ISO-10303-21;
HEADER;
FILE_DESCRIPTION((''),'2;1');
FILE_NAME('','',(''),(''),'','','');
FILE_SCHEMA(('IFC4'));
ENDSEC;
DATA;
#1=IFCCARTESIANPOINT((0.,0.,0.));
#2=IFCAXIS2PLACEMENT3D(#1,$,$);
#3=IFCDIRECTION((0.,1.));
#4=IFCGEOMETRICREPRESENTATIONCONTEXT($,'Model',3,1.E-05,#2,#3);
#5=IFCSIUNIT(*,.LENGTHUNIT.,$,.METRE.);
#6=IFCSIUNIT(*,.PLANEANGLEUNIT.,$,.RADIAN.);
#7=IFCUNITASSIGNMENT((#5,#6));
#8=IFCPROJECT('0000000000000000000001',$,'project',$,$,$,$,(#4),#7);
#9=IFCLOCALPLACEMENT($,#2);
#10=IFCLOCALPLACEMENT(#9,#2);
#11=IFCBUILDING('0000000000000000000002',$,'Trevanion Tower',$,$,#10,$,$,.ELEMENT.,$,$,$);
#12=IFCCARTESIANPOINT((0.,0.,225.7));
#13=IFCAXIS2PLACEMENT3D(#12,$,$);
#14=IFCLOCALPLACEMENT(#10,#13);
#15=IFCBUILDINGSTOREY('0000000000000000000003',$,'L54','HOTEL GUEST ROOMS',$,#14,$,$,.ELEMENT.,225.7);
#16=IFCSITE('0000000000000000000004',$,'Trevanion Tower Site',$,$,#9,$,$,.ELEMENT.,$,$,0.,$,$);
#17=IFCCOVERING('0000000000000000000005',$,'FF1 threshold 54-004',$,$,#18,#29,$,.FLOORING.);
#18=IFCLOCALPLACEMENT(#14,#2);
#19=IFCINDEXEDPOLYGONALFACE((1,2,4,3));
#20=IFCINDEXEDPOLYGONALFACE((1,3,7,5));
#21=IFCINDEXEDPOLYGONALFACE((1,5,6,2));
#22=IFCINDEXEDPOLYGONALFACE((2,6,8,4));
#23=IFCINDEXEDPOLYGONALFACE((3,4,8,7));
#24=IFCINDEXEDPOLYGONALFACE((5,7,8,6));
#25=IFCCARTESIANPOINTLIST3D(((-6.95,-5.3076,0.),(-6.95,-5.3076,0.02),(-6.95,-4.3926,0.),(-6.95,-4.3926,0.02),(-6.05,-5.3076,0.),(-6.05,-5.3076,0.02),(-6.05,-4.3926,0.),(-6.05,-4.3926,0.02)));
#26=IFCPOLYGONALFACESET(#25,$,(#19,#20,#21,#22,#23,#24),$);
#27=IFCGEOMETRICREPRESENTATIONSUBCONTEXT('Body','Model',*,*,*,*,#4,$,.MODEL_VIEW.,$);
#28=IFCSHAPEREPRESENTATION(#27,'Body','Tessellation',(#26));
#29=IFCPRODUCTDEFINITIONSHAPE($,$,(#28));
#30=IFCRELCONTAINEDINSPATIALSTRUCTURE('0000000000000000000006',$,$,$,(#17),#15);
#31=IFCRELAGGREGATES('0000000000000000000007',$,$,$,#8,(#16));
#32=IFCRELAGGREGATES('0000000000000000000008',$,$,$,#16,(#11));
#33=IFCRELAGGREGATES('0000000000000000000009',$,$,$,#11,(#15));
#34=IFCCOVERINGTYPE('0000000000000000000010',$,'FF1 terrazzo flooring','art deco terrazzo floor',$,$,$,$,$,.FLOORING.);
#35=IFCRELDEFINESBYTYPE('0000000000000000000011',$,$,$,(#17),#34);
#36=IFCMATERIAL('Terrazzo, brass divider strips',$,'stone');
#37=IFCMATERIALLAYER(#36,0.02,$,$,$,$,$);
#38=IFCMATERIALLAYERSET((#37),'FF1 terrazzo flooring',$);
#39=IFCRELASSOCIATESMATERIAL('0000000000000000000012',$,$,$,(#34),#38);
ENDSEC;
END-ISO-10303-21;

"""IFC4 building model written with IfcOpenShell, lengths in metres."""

from ifc_helpers import new_model, si_unit, direction, frame, origin, place, context, subcontext, project, spatial, polyline, outline, extrude, material, layer, layer_set, type_object, element, save


model = new_model("IFC4")

# Units and contexts
model_context = context("Model", 3, precision=1e-05, world=origin(), true_north=direction((0.0, 1.0)))
body_context = subcontext(model_context, "Body", "Model", "MODEL_VIEW")
ifc_project = project(units=[si_unit("LENGTHUNIT", "METRE"), si_unit("PLANEANGLEUNIT", "RADIAN")], contexts=[model_context])

# Site, building, storey
site_placement = place(None, origin())
site = spatial("IfcSite", under=ifc_project, at=site_placement, Name="Trevanion Tower Site", CompositionType="ELEMENT", RefElevation=0.0)
building_placement = place(site_placement, origin())
building = spatial("IfcBuilding", under=site, at=building_placement, Name="Trevanion Tower", CompositionType="ELEMENT")
storey_placement = place(building_placement, frame((0.0, 0.0, 225.7)))
storey = spatial("IfcBuildingStorey", under=building, at=storey_placement, Name="L54", Description="HOTEL GUEST ROOMS", CompositionType="ELEMENT", Elevation=225.7)

# Covering
ifc_material_1 = material(Name="Terrazzo, brass divider strips", Category="stone")
ifc_layer_1 = layer(ifc_material_1, 0.02)
ifc_layer_set_1 = layer_set([ifc_layer_1], Name="FF1 terrazzo flooring")
covering_type = type_object("IfcCoveringType", Name="FF1 terrazzo flooring", Description="art deco terrazzo floor", PredefinedType="FLOORING", material=ifc_layer_set_1)
covering_1_placement = place(storey_placement, origin())
element("IfcCovering", 1, at=covering_1_placement, inside=storey, type_object=covering_type, Name="FF1 threshold 54-004", PredefinedType="FLOORING", context=body_context, shape_type="SweptSolid", body=[
    extrude(outline(polyline([(-6.95, -4.3926), (-6.95, -5.3076), (-6.05, -5.3076), (-6.05, -4.3926), (-6.95, -4.3926)])), origin(), (0.0, 0.0, 1.0), 0.02),
])

save(model, "model.ifc")
